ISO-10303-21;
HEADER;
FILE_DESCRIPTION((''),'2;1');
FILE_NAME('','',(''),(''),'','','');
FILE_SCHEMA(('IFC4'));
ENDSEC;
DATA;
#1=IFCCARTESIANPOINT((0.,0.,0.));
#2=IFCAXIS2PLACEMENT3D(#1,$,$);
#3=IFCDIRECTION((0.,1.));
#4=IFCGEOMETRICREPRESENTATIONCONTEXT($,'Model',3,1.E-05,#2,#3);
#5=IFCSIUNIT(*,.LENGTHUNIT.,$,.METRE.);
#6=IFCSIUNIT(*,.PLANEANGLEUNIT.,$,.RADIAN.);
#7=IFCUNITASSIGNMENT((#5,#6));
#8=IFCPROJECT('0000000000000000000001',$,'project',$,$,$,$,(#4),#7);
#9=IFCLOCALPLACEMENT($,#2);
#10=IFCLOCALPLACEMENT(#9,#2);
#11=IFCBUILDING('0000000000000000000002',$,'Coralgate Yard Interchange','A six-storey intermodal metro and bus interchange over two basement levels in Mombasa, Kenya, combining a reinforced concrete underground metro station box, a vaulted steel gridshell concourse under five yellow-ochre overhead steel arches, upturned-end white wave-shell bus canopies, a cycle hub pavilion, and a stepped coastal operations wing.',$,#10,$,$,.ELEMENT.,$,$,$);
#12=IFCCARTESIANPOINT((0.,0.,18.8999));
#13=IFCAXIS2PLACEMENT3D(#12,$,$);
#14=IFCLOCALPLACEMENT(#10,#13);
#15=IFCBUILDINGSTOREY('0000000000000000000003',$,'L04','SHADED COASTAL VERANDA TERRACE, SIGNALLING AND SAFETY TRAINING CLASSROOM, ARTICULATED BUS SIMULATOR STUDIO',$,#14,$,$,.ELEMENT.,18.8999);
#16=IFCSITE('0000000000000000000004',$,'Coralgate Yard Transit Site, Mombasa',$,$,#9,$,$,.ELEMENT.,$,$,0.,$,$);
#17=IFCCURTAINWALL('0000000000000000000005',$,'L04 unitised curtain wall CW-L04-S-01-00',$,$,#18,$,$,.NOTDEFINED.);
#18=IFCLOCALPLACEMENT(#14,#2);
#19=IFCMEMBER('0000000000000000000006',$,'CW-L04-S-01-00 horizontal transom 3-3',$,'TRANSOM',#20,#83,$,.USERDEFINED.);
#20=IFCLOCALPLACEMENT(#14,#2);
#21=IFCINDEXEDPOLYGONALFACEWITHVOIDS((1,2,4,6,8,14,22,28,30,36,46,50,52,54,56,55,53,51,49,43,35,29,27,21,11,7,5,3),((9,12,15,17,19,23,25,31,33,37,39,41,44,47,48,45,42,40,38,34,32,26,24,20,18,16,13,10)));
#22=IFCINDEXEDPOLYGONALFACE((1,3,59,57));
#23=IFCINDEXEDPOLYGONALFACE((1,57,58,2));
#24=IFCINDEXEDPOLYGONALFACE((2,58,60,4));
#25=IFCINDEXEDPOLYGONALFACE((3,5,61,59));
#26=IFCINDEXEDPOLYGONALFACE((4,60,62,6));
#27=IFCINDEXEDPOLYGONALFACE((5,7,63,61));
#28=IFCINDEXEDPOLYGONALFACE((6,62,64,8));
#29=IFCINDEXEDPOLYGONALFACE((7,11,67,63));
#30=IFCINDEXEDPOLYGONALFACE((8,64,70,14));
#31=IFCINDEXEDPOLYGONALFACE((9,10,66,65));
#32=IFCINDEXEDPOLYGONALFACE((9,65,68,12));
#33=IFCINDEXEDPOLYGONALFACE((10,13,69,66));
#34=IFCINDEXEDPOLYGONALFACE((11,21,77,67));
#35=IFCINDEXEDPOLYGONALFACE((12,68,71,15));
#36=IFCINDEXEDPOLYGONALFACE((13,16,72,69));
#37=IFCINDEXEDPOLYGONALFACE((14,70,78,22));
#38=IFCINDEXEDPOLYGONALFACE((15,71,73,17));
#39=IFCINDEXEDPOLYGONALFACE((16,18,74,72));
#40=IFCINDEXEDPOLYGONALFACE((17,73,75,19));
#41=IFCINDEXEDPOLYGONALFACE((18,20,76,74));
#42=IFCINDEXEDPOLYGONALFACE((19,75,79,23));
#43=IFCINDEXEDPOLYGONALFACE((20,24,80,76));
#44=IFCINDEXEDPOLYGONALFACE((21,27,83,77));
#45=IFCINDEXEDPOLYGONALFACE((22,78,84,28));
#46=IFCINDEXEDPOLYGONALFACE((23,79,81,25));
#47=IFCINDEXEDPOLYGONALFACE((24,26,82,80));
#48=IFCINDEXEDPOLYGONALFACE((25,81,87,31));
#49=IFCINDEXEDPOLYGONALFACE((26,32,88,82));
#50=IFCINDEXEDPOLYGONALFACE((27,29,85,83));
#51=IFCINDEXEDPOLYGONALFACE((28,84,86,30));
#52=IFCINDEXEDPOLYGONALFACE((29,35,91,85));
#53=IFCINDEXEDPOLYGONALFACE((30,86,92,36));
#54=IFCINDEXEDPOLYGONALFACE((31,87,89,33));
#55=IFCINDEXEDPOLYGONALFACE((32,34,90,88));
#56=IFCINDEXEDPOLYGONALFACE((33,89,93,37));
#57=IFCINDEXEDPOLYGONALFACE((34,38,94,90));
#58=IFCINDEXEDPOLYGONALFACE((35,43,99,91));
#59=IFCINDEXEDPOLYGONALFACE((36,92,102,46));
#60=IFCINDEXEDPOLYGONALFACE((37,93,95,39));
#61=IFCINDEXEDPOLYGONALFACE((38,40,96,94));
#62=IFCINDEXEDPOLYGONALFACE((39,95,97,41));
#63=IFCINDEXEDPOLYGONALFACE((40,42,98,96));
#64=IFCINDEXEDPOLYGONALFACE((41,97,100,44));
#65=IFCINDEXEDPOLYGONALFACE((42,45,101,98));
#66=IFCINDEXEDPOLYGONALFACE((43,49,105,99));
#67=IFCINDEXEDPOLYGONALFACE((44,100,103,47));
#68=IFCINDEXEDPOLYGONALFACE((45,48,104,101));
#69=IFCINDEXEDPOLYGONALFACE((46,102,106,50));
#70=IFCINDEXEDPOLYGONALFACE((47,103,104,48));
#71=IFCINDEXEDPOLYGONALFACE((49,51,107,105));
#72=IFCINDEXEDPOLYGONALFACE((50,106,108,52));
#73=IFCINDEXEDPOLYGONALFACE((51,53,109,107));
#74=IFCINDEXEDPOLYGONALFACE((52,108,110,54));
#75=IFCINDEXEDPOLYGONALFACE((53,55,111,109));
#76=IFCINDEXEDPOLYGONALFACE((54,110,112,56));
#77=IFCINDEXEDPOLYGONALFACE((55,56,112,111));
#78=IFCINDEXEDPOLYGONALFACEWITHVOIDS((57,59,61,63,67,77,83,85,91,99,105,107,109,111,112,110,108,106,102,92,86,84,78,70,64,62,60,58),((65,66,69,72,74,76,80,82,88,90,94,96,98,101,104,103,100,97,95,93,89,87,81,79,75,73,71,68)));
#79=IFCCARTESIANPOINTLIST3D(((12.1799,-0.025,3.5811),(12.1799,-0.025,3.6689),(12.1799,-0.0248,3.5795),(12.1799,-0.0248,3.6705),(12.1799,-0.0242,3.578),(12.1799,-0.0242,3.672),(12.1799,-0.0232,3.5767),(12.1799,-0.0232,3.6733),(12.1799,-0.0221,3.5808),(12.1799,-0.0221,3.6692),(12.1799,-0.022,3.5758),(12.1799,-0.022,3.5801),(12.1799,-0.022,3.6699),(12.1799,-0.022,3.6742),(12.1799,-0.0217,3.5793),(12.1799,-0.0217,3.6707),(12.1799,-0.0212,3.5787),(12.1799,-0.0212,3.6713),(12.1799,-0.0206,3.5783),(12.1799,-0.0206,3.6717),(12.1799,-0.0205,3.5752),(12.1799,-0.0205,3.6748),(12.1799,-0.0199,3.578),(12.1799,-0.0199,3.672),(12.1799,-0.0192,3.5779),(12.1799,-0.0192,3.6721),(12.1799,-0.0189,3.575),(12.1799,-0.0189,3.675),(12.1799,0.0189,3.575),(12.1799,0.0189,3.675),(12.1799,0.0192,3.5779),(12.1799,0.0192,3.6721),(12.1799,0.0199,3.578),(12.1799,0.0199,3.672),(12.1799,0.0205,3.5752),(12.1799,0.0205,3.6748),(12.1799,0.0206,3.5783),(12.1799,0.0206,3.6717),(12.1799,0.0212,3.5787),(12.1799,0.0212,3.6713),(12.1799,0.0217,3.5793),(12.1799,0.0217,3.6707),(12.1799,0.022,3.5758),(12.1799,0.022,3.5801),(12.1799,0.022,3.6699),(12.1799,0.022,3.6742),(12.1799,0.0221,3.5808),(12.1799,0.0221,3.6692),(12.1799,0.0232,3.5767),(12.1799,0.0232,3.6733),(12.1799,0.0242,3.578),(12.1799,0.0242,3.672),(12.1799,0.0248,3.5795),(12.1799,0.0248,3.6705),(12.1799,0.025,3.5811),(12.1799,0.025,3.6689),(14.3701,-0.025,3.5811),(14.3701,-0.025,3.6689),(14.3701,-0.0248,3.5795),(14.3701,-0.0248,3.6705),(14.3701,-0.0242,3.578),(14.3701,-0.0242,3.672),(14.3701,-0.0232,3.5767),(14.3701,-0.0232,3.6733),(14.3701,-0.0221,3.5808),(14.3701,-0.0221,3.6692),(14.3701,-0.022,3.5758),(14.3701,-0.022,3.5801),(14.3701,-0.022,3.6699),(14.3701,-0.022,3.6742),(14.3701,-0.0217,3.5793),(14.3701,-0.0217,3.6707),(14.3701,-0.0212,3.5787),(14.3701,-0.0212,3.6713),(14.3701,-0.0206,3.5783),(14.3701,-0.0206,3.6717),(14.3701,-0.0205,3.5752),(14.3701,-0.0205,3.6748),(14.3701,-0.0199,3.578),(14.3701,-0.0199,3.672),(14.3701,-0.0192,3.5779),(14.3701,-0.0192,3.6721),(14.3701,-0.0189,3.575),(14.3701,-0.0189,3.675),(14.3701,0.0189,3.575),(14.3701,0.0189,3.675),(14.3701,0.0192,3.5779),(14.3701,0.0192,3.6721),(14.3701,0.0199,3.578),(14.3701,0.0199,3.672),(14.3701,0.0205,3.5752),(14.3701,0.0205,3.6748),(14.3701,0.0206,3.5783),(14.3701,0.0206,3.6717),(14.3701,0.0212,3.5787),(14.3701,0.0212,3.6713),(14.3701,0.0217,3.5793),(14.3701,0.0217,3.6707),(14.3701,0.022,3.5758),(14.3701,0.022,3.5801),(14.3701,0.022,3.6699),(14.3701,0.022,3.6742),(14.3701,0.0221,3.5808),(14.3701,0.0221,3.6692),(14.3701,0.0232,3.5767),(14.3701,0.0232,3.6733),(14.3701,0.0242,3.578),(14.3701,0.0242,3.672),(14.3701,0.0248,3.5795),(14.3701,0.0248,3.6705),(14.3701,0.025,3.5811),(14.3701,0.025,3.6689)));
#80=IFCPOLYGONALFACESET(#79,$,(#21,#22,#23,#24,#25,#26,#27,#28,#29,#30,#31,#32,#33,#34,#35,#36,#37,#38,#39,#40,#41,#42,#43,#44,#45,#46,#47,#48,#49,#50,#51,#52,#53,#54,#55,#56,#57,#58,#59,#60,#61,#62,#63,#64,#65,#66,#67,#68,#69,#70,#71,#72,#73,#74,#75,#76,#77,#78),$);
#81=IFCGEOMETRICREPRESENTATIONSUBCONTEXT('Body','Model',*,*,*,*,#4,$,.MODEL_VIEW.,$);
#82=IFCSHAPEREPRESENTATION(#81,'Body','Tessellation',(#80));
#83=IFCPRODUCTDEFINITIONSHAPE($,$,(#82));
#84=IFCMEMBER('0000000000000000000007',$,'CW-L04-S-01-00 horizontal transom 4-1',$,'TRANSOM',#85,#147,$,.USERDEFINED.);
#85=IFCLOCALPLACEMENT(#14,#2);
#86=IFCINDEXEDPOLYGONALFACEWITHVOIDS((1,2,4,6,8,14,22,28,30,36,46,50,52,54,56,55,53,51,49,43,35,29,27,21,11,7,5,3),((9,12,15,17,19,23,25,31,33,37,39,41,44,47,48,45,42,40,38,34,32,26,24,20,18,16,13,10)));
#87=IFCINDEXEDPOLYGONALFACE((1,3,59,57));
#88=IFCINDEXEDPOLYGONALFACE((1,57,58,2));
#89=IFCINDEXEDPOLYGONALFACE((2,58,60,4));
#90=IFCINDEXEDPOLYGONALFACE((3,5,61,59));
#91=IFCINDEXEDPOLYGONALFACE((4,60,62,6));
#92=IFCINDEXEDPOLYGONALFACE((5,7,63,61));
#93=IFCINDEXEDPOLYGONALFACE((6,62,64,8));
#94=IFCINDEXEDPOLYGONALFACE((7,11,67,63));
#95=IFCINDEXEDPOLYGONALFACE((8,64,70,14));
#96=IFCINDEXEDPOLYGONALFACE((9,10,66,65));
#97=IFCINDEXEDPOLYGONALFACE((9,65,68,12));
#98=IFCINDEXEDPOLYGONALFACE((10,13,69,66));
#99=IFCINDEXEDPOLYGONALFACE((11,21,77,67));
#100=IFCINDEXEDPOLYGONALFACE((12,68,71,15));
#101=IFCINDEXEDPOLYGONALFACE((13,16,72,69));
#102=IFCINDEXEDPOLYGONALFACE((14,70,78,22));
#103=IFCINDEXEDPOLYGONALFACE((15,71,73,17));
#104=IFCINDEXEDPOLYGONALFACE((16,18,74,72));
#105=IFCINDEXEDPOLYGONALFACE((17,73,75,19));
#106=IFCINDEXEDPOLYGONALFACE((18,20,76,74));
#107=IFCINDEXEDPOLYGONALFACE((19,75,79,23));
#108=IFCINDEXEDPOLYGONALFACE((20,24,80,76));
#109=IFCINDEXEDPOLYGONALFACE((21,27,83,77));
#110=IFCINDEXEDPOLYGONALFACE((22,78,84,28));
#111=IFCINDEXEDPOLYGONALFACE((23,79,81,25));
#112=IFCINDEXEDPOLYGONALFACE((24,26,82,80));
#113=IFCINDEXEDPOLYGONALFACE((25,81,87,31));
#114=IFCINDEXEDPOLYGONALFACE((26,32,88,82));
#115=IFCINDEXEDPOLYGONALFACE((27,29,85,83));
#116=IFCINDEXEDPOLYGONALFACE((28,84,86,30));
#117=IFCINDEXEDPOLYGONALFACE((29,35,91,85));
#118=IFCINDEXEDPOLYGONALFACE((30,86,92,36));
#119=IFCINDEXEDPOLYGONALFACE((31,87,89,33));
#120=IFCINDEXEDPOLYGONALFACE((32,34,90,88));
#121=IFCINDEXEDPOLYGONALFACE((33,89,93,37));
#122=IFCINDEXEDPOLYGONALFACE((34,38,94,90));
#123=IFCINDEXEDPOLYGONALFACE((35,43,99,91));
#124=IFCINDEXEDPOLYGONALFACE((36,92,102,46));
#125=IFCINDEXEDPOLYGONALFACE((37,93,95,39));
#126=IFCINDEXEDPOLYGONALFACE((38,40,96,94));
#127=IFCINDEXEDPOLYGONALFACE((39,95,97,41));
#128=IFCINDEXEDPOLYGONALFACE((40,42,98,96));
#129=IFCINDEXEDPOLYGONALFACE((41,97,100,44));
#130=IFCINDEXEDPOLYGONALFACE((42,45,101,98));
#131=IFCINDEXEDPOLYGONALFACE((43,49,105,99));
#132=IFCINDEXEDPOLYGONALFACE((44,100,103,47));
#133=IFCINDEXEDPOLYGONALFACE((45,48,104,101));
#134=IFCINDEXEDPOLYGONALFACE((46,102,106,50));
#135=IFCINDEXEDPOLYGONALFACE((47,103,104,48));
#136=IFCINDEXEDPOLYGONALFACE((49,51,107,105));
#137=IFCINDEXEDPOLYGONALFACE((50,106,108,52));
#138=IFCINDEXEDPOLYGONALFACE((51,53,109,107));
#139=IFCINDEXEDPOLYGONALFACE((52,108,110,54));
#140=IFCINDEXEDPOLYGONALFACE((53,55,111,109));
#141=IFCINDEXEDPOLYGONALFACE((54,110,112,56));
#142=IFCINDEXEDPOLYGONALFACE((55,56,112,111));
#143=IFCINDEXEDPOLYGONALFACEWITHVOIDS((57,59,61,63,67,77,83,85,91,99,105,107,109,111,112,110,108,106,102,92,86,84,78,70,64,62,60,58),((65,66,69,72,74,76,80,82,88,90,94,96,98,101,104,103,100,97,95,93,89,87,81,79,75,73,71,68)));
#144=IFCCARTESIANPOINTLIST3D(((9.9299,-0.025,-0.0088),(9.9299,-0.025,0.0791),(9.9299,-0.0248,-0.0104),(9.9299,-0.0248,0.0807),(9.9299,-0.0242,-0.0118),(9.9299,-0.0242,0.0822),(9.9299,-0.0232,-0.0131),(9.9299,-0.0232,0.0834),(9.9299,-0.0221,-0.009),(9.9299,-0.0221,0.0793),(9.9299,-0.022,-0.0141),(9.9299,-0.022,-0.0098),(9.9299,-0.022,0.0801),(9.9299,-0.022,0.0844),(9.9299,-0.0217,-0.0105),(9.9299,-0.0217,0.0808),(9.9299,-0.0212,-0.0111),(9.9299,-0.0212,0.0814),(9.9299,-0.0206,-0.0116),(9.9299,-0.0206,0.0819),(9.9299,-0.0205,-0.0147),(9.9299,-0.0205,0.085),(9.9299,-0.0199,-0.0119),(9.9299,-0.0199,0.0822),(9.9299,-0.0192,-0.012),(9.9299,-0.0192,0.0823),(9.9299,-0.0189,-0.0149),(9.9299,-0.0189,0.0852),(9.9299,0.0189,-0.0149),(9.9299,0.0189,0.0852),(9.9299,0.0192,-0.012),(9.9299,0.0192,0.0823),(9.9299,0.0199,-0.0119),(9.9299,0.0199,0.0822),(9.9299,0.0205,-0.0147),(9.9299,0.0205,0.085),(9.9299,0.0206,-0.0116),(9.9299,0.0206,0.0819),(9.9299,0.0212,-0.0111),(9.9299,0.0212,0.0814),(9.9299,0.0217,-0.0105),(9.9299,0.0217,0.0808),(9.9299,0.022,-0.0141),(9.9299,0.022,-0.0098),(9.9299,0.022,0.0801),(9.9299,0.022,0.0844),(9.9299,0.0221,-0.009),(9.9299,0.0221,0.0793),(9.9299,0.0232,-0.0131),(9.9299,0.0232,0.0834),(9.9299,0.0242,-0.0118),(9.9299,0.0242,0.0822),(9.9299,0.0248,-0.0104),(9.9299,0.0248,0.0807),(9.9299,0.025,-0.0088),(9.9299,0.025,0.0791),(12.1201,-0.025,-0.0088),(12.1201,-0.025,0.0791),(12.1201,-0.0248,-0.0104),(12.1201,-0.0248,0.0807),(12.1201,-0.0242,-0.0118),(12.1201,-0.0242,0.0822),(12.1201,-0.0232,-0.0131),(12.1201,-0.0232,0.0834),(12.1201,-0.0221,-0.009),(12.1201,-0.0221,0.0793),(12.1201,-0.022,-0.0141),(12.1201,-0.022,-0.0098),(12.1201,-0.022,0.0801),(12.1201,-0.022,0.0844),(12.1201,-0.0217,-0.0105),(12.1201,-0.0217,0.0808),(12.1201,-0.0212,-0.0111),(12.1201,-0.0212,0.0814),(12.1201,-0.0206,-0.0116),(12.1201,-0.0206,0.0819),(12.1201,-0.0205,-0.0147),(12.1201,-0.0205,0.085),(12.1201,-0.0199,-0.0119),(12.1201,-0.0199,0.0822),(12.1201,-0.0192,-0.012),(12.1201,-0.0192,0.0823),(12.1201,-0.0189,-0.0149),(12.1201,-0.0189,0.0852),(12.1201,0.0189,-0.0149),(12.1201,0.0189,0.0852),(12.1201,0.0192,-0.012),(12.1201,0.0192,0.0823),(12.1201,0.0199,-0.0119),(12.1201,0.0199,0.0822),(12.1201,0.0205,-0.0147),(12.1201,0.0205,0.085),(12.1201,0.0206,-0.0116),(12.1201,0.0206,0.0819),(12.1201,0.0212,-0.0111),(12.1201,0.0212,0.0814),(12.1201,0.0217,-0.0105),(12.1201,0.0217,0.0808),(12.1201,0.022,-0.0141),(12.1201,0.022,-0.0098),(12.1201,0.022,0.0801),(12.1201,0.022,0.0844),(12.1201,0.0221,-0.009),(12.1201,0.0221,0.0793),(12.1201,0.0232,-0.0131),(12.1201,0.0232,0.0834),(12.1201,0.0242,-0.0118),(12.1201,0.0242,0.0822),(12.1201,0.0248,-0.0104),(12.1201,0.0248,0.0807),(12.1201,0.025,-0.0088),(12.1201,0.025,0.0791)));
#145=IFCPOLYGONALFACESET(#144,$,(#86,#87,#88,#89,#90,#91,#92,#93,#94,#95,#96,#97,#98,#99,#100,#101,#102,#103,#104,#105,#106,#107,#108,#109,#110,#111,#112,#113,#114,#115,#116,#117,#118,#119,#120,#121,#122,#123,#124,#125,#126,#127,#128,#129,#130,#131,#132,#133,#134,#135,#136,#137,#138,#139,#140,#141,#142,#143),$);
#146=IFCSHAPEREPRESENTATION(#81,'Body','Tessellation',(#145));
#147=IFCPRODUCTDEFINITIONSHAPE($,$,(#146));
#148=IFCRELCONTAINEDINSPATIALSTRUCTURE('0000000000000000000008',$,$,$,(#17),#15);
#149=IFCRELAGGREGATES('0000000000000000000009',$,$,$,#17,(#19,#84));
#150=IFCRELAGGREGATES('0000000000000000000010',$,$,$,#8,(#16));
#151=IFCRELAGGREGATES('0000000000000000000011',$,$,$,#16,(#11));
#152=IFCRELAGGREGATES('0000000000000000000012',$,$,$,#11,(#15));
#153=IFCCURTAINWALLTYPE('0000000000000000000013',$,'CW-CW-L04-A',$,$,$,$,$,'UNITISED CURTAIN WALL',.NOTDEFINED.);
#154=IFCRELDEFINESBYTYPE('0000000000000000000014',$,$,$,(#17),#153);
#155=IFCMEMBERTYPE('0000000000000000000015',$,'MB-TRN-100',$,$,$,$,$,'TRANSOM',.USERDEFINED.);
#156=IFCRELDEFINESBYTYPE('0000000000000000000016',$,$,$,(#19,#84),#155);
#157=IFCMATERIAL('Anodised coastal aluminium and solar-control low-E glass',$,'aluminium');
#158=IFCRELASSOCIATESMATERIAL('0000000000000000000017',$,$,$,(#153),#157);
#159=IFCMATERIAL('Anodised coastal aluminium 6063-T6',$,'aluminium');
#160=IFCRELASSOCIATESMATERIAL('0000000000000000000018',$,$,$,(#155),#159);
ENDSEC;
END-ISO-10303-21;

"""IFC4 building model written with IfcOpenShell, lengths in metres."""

from ifc_helpers import new_model, si_unit, direction, frame, origin, origin_2d, place, context, subcontext, project, spatial, hollow_rectangle, extrude, material, material_profile, profile_set, type_object, element, aggregate, save


model = new_model("IFC4")

# Units and contexts
model_context = context("Model", 3, precision=1e-05, world=origin(), true_north=direction((0.0, 1.0)))
body_context = subcontext(model_context, "Body", "Model", "MODEL_VIEW")
ifc_project = project(units=[si_unit("LENGTHUNIT", "METRE"), si_unit("PLANEANGLEUNIT", "RADIAN")], contexts=[model_context])

# Site, building, storey
site_placement = place(None, origin())
site = spatial("IfcSite", under=ifc_project, at=site_placement, Name="Coralgate Yard Transit Site, Mombasa", CompositionType="ELEMENT", RefElevation=0.0)
building_placement = place(site_placement, origin())
building = spatial("IfcBuilding", under=site, at=building_placement, Name="Coralgate Yard Interchange", Description="A six-storey intermodal metro and bus interchange over two basement levels in Mombasa, Kenya, combining a reinforced concrete underground metro station box, a vaulted steel gridshell concourse under five yellow-ochre overhead steel arches, upturned-end white wave-shell bus canopies, a cycle hub pavilion, and a stepped coastal operations wing.", CompositionType="ELEMENT")
storey_placement = place(building_placement, frame((0.0, 0.0, 18.8999)))
storey = spatial("IfcBuildingStorey", under=building, at=storey_placement, Name="L04", Description="SHADED COASTAL VERANDA TERRACE, SIGNALLING AND SAFETY TRAINING CLASSROOM, ARTICULATED BUS SIMULATOR STUDIO", CompositionType="ELEMENT", Elevation=18.8999)

# Curtain wall, members
ifc_material_1 = material(Name="Anodised coastal aluminium and solar-control low-E glass", Category="aluminium")
curtain_wall_type = type_object("IfcCurtainWallType", Name="CW-CW-L04-A", ElementType="UNITISED CURTAIN WALL", PredefinedType="NOTDEFINED", material=ifc_material_1)
curtain_wall_placement = place(storey_placement, origin())
curtain_wall = element("IfcCurtainWall", 1, at=curtain_wall_placement, inside=storey, type_object=curtain_wall_type, Name="L04 unitised curtain wall CW-L04-S-01-00", PredefinedType="NOTDEFINED")
ifc_material_2 = material(Name="Anodised coastal aluminium 6063-T6", Category="aluminium")
ifc_material_profile_1 = material_profile(ifc_material_2, hollow_rectangle(XDim=0.05, YDim=0.1001, WallThickness=0.0029, InnerFilletRadius=0.0029, OuterFilletRadius=0.0061, at=origin_2d()), Name="ALU 50x100x3")
ifc_profile_set_1 = profile_set([ifc_material_profile_1], Name="Anodised coastal aluminium 6063-T6")
member_type_1 = type_object("IfcMemberType", Name="MB-TRN-100", ElementType="TRANSOM", PredefinedType="USERDEFINED", material=ifc_profile_set_1)
member_1_placement = place(storey_placement, frame((14.3701, 0.0, 3.625), z_axis=(-1.0, 0.0, 0.0), x_axis=(0.0, -1.0, 0.0)))
member_1 = element("IfcMember", 2, at=member_1_placement, type_object=member_type_1, Name="CW-L04-S-01-00 horizontal transom 3-3", ObjectType="TRANSOM", PredefinedType="USERDEFINED", context=body_context, shape_type="SweptSolid", body=[
    extrude(hollow_rectangle(XDim=0.05, YDim=0.1001, WallThickness=0.0029, InnerFilletRadius=0.0029, OuterFilletRadius=0.0061, at=origin_2d()), origin(), (0.0, 0.0, 1.0), 2.1902),
])
member_2_placement = place(storey_placement, frame((12.1201, 0.0, 0.0352), z_axis=(-1.0, 0.0, 0.0), x_axis=(0.0, -1.0, 0.0)))
member_2 = element("IfcMember", 3, at=member_2_placement, type_object=member_type_1, Name="CW-L04-S-01-00 horizontal transom 4-1", ObjectType="TRANSOM", PredefinedType="USERDEFINED", context=body_context, shape_type="SweptSolid", body=[
    extrude(hollow_rectangle(XDim=0.05, YDim=0.1001, WallThickness=0.0029, InnerFilletRadius=0.0029, OuterFilletRadius=0.0061, at=origin_2d()), origin(), (0.0, 0.0, 1.0), 2.1902),
])
aggregate(curtain_wall, [member_1, member_2])

save(model, "model.ifc")
